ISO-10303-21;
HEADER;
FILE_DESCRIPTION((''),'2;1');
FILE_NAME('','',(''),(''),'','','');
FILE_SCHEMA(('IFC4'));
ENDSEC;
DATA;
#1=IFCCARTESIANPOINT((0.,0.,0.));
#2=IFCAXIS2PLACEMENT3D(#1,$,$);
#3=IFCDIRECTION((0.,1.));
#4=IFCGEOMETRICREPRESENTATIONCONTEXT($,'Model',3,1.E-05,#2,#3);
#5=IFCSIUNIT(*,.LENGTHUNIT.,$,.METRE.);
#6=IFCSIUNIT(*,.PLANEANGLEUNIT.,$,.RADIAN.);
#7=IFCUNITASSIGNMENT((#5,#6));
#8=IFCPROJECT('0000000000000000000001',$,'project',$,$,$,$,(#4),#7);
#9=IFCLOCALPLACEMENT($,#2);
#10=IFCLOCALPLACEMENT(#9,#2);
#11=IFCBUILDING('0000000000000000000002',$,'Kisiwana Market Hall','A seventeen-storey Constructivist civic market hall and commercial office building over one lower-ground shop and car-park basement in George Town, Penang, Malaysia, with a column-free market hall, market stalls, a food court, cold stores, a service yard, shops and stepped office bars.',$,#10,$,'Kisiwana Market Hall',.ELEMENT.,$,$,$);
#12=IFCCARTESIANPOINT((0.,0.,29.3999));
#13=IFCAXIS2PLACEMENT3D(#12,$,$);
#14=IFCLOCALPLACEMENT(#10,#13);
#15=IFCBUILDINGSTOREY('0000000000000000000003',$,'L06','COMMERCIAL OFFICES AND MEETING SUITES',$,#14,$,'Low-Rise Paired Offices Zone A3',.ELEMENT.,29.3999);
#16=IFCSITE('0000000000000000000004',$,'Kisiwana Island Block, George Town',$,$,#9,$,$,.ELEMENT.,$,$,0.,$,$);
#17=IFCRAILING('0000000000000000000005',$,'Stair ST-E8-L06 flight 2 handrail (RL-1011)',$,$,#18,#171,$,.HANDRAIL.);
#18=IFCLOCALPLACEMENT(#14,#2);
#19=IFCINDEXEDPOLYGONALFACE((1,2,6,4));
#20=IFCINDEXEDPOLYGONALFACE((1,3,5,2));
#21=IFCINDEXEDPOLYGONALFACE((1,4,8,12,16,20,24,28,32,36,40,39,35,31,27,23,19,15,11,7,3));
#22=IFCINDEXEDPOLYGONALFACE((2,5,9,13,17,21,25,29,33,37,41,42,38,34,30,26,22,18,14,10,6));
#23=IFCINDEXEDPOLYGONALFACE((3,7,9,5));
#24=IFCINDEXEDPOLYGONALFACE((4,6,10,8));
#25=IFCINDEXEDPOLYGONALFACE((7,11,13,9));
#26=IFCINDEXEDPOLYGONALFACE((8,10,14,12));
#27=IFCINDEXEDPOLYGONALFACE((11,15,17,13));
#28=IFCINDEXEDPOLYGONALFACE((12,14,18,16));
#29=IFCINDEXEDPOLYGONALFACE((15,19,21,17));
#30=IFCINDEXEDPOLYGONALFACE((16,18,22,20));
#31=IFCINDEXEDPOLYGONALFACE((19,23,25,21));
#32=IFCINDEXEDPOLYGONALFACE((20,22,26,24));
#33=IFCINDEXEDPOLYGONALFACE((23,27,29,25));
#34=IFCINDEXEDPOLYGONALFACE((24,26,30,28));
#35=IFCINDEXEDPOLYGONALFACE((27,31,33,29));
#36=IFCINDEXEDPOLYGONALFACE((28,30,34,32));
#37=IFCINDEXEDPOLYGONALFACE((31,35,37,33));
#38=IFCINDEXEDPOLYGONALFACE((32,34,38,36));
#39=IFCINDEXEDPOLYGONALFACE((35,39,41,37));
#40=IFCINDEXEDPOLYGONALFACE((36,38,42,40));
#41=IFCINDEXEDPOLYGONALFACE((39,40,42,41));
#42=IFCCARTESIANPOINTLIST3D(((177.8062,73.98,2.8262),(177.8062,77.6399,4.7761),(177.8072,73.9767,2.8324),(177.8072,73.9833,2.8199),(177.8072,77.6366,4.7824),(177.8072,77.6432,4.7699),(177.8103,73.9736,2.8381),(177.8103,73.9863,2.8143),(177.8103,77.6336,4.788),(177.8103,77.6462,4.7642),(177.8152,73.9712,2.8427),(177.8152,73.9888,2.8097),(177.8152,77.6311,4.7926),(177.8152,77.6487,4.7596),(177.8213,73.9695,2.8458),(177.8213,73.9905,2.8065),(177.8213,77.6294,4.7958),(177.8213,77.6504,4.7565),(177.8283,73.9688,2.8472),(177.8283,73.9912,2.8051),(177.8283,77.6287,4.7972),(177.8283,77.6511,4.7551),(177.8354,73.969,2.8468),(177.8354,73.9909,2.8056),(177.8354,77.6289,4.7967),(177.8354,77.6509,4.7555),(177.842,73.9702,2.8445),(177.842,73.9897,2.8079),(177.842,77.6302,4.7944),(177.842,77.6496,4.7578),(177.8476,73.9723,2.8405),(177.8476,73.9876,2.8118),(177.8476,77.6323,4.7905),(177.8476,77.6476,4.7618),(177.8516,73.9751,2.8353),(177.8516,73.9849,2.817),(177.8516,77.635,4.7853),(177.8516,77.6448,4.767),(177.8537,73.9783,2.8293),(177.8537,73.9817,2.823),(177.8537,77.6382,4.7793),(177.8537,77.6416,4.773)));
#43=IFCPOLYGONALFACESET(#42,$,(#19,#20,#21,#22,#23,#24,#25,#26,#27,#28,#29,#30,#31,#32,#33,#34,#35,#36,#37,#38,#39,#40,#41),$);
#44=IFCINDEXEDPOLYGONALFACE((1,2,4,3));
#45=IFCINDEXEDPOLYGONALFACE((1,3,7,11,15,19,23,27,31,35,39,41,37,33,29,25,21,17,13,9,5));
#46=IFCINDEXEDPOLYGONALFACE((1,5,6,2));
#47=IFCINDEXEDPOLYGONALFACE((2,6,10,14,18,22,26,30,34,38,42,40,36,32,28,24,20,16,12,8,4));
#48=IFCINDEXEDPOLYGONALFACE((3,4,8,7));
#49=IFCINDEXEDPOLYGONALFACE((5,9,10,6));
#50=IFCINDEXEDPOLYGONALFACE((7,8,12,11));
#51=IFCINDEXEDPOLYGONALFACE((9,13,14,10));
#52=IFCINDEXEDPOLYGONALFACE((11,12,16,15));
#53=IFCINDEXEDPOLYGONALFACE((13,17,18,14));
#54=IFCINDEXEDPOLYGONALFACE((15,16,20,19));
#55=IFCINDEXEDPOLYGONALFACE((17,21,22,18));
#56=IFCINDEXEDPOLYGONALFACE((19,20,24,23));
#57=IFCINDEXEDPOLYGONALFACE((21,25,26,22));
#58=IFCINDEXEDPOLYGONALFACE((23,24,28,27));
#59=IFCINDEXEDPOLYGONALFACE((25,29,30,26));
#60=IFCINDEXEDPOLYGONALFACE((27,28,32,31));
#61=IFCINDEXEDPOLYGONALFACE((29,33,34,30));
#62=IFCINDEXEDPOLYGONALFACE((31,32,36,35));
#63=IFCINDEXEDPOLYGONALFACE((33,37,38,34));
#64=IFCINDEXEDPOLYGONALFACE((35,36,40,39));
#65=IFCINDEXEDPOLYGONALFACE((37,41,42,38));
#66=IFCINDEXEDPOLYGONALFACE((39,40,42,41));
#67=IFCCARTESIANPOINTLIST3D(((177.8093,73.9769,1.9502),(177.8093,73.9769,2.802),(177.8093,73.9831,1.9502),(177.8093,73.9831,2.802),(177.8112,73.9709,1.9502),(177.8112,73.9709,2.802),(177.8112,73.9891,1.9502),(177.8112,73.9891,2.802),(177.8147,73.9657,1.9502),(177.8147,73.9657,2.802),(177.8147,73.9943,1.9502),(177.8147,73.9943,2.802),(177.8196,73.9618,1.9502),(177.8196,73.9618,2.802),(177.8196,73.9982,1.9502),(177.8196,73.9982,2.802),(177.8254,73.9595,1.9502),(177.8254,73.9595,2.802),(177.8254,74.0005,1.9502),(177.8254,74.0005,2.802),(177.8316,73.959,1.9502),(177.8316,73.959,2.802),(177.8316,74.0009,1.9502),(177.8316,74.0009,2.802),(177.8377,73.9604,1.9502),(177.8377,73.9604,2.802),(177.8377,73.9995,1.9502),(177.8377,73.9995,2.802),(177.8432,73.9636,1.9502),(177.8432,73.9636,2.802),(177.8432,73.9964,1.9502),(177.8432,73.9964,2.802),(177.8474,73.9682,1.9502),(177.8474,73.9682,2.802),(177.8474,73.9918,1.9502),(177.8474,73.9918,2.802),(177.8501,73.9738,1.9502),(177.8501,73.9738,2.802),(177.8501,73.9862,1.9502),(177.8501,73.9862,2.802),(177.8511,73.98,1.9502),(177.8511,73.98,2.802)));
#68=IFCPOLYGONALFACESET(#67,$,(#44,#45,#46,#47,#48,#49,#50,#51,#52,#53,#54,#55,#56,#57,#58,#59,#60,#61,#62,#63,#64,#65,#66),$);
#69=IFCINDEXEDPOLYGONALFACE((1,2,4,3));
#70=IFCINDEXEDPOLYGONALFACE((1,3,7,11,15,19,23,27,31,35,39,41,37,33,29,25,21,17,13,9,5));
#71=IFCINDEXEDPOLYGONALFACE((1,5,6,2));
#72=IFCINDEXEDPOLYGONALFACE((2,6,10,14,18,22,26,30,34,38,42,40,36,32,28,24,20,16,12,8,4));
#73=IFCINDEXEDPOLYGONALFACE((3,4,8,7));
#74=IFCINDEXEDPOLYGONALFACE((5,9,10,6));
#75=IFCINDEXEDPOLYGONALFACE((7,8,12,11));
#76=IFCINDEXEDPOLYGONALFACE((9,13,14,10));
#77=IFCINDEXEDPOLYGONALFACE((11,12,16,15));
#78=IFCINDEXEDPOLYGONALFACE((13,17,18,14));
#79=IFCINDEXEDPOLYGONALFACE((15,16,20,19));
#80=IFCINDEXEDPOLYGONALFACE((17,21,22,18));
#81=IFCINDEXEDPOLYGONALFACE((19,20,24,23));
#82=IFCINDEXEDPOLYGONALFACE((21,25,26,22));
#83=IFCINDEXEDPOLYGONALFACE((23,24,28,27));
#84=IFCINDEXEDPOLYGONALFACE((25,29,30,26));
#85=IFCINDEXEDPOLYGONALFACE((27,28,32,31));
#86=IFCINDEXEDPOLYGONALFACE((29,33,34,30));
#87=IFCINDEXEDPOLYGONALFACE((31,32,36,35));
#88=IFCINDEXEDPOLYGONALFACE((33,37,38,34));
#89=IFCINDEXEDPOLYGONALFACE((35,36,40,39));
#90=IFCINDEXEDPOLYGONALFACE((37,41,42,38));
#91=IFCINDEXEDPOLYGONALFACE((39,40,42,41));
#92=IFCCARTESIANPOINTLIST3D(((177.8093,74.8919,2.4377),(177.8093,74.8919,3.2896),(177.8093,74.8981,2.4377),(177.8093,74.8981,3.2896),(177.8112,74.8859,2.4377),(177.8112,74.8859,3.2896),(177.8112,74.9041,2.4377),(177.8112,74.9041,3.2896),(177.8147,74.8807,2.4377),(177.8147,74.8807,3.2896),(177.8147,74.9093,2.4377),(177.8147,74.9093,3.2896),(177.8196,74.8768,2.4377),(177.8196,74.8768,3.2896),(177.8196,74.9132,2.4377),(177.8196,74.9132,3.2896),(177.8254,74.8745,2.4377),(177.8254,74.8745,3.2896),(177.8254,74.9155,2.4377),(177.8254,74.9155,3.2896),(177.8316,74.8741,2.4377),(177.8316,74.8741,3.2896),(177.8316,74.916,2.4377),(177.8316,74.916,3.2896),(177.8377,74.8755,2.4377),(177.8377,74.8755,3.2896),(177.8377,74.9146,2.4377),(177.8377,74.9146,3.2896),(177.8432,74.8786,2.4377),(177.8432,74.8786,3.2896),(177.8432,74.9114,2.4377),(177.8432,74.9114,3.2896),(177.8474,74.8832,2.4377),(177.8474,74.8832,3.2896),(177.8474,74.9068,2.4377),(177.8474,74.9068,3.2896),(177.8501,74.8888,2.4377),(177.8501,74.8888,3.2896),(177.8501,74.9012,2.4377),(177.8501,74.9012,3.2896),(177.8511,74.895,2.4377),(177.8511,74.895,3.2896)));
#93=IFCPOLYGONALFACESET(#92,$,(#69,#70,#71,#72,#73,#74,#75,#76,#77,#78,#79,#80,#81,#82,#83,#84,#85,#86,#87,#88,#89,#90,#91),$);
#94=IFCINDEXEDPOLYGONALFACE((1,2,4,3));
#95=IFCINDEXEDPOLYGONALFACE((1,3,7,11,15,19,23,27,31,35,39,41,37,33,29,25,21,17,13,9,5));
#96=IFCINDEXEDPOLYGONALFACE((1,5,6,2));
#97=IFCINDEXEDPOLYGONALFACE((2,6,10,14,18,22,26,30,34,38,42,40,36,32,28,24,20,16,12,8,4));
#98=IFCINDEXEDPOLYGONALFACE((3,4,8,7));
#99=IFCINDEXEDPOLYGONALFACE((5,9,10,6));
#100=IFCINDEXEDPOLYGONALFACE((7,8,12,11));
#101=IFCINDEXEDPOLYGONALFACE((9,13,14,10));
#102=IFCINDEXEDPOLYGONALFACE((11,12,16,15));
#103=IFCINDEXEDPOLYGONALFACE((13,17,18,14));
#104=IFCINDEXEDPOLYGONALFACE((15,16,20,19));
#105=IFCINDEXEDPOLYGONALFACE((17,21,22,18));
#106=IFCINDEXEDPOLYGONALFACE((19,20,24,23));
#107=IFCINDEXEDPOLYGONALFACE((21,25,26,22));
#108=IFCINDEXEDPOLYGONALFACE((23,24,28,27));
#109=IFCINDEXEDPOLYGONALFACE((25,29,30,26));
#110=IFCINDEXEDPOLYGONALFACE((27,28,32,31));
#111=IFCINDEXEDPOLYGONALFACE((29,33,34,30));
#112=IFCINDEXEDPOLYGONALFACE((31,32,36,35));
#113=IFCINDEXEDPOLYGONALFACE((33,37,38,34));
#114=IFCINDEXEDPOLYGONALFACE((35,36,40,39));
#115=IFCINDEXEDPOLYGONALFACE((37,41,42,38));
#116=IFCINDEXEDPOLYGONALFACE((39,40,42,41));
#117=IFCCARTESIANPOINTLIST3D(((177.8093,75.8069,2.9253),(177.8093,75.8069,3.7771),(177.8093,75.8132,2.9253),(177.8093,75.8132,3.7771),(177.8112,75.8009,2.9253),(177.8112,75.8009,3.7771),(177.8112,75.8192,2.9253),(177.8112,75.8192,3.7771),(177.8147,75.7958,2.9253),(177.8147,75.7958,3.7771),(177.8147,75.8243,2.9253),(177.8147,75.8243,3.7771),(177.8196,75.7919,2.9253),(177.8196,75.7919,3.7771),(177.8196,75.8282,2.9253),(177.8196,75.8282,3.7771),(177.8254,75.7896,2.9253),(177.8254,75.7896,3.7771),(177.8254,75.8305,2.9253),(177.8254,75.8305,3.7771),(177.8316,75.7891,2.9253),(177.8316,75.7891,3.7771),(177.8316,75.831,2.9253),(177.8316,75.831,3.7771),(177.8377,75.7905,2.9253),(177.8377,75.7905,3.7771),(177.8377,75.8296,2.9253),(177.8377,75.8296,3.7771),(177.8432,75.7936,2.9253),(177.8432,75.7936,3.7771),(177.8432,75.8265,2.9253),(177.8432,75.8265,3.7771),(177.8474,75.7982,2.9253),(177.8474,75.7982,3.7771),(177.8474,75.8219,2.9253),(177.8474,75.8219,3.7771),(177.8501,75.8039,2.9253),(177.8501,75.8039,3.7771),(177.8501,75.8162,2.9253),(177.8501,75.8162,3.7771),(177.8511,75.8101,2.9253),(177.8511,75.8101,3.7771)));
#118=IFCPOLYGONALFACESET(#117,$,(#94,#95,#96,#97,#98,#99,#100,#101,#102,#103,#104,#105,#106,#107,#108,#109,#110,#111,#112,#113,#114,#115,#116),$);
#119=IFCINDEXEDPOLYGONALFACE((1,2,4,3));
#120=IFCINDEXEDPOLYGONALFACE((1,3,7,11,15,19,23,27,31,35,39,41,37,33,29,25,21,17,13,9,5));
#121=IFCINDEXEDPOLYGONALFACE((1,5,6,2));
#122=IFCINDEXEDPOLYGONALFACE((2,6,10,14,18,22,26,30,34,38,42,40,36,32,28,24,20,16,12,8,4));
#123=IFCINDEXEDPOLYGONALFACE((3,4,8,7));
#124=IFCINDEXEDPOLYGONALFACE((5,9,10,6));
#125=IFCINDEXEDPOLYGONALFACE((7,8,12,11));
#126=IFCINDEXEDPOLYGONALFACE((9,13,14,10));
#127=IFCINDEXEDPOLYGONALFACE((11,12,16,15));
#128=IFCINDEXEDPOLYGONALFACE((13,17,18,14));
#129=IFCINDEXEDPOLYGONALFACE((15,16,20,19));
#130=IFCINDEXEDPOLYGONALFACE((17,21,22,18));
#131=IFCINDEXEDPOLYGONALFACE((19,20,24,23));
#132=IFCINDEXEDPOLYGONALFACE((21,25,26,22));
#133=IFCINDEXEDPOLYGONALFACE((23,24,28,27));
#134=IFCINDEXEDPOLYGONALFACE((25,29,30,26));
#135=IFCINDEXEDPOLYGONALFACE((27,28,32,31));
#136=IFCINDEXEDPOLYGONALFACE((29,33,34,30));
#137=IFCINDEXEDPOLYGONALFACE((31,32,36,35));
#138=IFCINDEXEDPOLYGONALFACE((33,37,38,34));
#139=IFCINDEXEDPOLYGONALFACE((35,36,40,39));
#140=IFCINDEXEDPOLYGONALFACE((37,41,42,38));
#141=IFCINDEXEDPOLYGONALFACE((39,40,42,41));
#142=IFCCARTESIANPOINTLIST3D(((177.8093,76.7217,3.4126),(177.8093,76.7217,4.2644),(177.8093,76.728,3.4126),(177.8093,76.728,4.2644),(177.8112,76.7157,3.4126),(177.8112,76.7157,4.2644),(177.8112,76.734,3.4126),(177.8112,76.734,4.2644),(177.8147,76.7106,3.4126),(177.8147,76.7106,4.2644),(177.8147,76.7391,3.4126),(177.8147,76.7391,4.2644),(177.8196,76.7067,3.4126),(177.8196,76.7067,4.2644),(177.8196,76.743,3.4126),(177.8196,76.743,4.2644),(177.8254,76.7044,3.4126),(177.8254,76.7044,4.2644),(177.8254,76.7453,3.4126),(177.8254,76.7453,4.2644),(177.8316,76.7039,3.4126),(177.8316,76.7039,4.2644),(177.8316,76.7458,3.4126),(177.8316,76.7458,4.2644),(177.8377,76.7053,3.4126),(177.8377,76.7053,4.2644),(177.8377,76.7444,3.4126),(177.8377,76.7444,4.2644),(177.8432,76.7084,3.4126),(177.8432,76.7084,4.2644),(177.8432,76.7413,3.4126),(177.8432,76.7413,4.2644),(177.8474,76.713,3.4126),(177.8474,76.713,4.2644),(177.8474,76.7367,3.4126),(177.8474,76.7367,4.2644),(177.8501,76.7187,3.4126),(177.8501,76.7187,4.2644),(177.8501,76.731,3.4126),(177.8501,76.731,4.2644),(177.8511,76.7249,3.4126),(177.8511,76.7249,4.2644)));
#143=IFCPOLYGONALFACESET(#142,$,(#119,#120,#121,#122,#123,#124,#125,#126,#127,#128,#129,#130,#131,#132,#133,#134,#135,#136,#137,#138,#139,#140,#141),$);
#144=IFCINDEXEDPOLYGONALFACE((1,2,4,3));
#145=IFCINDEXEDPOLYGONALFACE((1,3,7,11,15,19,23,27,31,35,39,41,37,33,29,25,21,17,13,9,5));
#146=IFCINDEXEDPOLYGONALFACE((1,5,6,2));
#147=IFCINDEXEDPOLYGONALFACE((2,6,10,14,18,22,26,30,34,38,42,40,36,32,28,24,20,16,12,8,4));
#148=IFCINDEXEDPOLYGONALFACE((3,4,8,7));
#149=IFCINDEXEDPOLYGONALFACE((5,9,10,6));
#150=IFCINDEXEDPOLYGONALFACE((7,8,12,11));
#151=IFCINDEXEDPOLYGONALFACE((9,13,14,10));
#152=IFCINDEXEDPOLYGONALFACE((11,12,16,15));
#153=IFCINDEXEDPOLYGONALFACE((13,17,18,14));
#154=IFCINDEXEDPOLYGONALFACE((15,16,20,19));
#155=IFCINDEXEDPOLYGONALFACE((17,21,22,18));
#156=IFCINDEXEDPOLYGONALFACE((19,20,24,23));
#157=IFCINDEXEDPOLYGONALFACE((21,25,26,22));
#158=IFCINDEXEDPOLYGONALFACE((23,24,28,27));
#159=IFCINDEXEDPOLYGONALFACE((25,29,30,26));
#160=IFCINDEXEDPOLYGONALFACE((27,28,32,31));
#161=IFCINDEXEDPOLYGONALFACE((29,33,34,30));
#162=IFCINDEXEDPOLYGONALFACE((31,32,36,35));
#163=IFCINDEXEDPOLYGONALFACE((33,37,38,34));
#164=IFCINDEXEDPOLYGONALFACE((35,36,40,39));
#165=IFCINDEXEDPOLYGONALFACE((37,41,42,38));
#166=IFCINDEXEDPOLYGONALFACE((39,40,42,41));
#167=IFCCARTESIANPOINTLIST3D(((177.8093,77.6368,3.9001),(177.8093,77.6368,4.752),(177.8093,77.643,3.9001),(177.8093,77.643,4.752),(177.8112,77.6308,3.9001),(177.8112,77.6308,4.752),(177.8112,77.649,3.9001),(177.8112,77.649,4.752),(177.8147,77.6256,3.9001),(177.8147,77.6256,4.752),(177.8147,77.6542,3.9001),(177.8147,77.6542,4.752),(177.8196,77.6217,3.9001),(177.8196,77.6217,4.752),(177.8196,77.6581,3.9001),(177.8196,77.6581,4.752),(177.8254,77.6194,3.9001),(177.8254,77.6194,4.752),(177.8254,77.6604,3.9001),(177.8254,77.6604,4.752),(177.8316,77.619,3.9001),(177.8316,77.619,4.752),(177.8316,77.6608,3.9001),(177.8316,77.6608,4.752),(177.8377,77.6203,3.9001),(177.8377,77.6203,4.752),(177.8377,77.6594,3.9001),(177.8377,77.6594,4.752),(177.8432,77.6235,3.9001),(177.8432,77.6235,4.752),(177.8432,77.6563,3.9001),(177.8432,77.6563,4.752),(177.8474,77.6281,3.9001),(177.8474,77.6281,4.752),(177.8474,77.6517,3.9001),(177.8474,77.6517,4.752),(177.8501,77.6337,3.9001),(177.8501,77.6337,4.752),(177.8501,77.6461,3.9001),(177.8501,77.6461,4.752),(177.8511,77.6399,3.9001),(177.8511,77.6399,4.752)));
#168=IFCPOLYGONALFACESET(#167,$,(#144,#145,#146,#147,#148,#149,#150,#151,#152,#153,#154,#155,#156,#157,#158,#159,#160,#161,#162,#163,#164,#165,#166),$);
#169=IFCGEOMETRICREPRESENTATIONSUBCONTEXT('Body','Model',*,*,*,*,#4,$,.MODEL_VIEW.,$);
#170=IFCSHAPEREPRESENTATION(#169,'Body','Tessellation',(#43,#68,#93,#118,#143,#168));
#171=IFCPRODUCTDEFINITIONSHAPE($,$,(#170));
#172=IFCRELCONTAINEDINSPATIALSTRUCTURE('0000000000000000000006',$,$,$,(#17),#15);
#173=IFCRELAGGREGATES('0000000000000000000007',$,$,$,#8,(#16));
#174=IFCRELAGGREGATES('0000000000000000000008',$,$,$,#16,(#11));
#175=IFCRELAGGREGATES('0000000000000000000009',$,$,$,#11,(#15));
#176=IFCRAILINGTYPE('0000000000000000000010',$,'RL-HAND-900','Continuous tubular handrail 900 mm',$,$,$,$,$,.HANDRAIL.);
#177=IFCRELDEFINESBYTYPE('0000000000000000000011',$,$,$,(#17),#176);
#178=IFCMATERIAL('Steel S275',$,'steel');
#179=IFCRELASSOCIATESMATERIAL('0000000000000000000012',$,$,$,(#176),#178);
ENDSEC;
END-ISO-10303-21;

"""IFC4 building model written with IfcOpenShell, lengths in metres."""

from ifc_helpers import new_model, si_unit, direction, frame, origin, origin_2d, place, context, subcontext, project, spatial, circle, extrude, material, type_object, element, save


model = new_model("IFC4")

# Units and contexts
model_context = context("Model", 3, precision=1e-05, world=origin(), true_north=direction((0.0, 1.0)))
body_context = subcontext(model_context, "Body", "Model", "MODEL_VIEW")
ifc_project = project(units=[si_unit("LENGTHUNIT", "METRE"), si_unit("PLANEANGLEUNIT", "RADIAN")], contexts=[model_context])

# Site, building, storey
site_placement = place(None, origin())
site = spatial("IfcSite", under=ifc_project, at=site_placement, Name="Kisiwana Island Block, George Town", CompositionType="ELEMENT", RefElevation=0.0)
building_placement = place(site_placement, origin())
building = spatial("IfcBuilding", under=site, at=building_placement, Name="Kisiwana Market Hall", Description="A seventeen-storey Constructivist civic market hall and commercial office building over one lower-ground shop and car-park basement in George Town, Penang, Malaysia, with a column-free market hall, market stalls, a food court, cold stores, a service yard, shops and stepped office bars.", LongName="Kisiwana Market Hall", CompositionType="ELEMENT")
storey_placement = place(building_placement, frame((0.0, 0.0, 29.3999)))
storey = spatial("IfcBuildingStorey", under=building, at=storey_placement, Name="L06", Description="COMMERCIAL OFFICES AND MEETING SUITES", LongName="Low-Rise Paired Offices Zone A3", CompositionType="ELEMENT", Elevation=29.3999)

# Railing
ifc_material_1 = material(Name="Steel S275", Category="steel")
railing_type_1 = type_object("IfcRailingType", Name="RL-HAND-900", Description="Continuous tubular handrail 900 mm", PredefinedType="HANDRAIL", material=ifc_material_1)
railing_1_placement = place(storey_placement, frame((177.8301, 73.98, 1.9502)))
element("IfcRailing", 1, at=railing_1_placement, inside=storey, type_object=railing_type_1, Name="Stair ST-E8-L06 flight 2 handrail (RL-1011)", PredefinedType="HANDRAIL", context=body_context, shape_type="SweptSolid", body=[
    extrude(circle(Radius=0.0239, at=origin_2d()), frame((0.0, 0.0, 0.876), z_axis=(0.0, 0.882553, 0.470212), x_axis=(-1.0, 0.0, 0.0)), (0.0, 0.0, 1.0), 4.147),
    extrude(circle(Radius=0.021, at=origin_2d()), origin(), (0.0, 0.0, 1.0), 0.8518),
    extrude(circle(Radius=0.021, at=origin_2d()), frame((0.0, 0.915, 0.4875)), (0.0, 0.0, 1.0), 0.8518),
    extrude(circle(Radius=0.021, at=origin_2d()), frame((0.0, 1.8301, 0.9751)), (0.0, 0.0, 1.0), 0.8518),
    extrude(circle(Radius=0.021, at=origin_2d()), frame((0.0, 2.7449, 1.4624)), (0.0, 0.0, 1.0), 0.8518),
    extrude(circle(Radius=0.021, at=origin_2d()), frame((0.0, 3.6599, 1.95)), (0.0, 0.0, 1.0), 0.8518),
])

save(model, "model.ifc")
